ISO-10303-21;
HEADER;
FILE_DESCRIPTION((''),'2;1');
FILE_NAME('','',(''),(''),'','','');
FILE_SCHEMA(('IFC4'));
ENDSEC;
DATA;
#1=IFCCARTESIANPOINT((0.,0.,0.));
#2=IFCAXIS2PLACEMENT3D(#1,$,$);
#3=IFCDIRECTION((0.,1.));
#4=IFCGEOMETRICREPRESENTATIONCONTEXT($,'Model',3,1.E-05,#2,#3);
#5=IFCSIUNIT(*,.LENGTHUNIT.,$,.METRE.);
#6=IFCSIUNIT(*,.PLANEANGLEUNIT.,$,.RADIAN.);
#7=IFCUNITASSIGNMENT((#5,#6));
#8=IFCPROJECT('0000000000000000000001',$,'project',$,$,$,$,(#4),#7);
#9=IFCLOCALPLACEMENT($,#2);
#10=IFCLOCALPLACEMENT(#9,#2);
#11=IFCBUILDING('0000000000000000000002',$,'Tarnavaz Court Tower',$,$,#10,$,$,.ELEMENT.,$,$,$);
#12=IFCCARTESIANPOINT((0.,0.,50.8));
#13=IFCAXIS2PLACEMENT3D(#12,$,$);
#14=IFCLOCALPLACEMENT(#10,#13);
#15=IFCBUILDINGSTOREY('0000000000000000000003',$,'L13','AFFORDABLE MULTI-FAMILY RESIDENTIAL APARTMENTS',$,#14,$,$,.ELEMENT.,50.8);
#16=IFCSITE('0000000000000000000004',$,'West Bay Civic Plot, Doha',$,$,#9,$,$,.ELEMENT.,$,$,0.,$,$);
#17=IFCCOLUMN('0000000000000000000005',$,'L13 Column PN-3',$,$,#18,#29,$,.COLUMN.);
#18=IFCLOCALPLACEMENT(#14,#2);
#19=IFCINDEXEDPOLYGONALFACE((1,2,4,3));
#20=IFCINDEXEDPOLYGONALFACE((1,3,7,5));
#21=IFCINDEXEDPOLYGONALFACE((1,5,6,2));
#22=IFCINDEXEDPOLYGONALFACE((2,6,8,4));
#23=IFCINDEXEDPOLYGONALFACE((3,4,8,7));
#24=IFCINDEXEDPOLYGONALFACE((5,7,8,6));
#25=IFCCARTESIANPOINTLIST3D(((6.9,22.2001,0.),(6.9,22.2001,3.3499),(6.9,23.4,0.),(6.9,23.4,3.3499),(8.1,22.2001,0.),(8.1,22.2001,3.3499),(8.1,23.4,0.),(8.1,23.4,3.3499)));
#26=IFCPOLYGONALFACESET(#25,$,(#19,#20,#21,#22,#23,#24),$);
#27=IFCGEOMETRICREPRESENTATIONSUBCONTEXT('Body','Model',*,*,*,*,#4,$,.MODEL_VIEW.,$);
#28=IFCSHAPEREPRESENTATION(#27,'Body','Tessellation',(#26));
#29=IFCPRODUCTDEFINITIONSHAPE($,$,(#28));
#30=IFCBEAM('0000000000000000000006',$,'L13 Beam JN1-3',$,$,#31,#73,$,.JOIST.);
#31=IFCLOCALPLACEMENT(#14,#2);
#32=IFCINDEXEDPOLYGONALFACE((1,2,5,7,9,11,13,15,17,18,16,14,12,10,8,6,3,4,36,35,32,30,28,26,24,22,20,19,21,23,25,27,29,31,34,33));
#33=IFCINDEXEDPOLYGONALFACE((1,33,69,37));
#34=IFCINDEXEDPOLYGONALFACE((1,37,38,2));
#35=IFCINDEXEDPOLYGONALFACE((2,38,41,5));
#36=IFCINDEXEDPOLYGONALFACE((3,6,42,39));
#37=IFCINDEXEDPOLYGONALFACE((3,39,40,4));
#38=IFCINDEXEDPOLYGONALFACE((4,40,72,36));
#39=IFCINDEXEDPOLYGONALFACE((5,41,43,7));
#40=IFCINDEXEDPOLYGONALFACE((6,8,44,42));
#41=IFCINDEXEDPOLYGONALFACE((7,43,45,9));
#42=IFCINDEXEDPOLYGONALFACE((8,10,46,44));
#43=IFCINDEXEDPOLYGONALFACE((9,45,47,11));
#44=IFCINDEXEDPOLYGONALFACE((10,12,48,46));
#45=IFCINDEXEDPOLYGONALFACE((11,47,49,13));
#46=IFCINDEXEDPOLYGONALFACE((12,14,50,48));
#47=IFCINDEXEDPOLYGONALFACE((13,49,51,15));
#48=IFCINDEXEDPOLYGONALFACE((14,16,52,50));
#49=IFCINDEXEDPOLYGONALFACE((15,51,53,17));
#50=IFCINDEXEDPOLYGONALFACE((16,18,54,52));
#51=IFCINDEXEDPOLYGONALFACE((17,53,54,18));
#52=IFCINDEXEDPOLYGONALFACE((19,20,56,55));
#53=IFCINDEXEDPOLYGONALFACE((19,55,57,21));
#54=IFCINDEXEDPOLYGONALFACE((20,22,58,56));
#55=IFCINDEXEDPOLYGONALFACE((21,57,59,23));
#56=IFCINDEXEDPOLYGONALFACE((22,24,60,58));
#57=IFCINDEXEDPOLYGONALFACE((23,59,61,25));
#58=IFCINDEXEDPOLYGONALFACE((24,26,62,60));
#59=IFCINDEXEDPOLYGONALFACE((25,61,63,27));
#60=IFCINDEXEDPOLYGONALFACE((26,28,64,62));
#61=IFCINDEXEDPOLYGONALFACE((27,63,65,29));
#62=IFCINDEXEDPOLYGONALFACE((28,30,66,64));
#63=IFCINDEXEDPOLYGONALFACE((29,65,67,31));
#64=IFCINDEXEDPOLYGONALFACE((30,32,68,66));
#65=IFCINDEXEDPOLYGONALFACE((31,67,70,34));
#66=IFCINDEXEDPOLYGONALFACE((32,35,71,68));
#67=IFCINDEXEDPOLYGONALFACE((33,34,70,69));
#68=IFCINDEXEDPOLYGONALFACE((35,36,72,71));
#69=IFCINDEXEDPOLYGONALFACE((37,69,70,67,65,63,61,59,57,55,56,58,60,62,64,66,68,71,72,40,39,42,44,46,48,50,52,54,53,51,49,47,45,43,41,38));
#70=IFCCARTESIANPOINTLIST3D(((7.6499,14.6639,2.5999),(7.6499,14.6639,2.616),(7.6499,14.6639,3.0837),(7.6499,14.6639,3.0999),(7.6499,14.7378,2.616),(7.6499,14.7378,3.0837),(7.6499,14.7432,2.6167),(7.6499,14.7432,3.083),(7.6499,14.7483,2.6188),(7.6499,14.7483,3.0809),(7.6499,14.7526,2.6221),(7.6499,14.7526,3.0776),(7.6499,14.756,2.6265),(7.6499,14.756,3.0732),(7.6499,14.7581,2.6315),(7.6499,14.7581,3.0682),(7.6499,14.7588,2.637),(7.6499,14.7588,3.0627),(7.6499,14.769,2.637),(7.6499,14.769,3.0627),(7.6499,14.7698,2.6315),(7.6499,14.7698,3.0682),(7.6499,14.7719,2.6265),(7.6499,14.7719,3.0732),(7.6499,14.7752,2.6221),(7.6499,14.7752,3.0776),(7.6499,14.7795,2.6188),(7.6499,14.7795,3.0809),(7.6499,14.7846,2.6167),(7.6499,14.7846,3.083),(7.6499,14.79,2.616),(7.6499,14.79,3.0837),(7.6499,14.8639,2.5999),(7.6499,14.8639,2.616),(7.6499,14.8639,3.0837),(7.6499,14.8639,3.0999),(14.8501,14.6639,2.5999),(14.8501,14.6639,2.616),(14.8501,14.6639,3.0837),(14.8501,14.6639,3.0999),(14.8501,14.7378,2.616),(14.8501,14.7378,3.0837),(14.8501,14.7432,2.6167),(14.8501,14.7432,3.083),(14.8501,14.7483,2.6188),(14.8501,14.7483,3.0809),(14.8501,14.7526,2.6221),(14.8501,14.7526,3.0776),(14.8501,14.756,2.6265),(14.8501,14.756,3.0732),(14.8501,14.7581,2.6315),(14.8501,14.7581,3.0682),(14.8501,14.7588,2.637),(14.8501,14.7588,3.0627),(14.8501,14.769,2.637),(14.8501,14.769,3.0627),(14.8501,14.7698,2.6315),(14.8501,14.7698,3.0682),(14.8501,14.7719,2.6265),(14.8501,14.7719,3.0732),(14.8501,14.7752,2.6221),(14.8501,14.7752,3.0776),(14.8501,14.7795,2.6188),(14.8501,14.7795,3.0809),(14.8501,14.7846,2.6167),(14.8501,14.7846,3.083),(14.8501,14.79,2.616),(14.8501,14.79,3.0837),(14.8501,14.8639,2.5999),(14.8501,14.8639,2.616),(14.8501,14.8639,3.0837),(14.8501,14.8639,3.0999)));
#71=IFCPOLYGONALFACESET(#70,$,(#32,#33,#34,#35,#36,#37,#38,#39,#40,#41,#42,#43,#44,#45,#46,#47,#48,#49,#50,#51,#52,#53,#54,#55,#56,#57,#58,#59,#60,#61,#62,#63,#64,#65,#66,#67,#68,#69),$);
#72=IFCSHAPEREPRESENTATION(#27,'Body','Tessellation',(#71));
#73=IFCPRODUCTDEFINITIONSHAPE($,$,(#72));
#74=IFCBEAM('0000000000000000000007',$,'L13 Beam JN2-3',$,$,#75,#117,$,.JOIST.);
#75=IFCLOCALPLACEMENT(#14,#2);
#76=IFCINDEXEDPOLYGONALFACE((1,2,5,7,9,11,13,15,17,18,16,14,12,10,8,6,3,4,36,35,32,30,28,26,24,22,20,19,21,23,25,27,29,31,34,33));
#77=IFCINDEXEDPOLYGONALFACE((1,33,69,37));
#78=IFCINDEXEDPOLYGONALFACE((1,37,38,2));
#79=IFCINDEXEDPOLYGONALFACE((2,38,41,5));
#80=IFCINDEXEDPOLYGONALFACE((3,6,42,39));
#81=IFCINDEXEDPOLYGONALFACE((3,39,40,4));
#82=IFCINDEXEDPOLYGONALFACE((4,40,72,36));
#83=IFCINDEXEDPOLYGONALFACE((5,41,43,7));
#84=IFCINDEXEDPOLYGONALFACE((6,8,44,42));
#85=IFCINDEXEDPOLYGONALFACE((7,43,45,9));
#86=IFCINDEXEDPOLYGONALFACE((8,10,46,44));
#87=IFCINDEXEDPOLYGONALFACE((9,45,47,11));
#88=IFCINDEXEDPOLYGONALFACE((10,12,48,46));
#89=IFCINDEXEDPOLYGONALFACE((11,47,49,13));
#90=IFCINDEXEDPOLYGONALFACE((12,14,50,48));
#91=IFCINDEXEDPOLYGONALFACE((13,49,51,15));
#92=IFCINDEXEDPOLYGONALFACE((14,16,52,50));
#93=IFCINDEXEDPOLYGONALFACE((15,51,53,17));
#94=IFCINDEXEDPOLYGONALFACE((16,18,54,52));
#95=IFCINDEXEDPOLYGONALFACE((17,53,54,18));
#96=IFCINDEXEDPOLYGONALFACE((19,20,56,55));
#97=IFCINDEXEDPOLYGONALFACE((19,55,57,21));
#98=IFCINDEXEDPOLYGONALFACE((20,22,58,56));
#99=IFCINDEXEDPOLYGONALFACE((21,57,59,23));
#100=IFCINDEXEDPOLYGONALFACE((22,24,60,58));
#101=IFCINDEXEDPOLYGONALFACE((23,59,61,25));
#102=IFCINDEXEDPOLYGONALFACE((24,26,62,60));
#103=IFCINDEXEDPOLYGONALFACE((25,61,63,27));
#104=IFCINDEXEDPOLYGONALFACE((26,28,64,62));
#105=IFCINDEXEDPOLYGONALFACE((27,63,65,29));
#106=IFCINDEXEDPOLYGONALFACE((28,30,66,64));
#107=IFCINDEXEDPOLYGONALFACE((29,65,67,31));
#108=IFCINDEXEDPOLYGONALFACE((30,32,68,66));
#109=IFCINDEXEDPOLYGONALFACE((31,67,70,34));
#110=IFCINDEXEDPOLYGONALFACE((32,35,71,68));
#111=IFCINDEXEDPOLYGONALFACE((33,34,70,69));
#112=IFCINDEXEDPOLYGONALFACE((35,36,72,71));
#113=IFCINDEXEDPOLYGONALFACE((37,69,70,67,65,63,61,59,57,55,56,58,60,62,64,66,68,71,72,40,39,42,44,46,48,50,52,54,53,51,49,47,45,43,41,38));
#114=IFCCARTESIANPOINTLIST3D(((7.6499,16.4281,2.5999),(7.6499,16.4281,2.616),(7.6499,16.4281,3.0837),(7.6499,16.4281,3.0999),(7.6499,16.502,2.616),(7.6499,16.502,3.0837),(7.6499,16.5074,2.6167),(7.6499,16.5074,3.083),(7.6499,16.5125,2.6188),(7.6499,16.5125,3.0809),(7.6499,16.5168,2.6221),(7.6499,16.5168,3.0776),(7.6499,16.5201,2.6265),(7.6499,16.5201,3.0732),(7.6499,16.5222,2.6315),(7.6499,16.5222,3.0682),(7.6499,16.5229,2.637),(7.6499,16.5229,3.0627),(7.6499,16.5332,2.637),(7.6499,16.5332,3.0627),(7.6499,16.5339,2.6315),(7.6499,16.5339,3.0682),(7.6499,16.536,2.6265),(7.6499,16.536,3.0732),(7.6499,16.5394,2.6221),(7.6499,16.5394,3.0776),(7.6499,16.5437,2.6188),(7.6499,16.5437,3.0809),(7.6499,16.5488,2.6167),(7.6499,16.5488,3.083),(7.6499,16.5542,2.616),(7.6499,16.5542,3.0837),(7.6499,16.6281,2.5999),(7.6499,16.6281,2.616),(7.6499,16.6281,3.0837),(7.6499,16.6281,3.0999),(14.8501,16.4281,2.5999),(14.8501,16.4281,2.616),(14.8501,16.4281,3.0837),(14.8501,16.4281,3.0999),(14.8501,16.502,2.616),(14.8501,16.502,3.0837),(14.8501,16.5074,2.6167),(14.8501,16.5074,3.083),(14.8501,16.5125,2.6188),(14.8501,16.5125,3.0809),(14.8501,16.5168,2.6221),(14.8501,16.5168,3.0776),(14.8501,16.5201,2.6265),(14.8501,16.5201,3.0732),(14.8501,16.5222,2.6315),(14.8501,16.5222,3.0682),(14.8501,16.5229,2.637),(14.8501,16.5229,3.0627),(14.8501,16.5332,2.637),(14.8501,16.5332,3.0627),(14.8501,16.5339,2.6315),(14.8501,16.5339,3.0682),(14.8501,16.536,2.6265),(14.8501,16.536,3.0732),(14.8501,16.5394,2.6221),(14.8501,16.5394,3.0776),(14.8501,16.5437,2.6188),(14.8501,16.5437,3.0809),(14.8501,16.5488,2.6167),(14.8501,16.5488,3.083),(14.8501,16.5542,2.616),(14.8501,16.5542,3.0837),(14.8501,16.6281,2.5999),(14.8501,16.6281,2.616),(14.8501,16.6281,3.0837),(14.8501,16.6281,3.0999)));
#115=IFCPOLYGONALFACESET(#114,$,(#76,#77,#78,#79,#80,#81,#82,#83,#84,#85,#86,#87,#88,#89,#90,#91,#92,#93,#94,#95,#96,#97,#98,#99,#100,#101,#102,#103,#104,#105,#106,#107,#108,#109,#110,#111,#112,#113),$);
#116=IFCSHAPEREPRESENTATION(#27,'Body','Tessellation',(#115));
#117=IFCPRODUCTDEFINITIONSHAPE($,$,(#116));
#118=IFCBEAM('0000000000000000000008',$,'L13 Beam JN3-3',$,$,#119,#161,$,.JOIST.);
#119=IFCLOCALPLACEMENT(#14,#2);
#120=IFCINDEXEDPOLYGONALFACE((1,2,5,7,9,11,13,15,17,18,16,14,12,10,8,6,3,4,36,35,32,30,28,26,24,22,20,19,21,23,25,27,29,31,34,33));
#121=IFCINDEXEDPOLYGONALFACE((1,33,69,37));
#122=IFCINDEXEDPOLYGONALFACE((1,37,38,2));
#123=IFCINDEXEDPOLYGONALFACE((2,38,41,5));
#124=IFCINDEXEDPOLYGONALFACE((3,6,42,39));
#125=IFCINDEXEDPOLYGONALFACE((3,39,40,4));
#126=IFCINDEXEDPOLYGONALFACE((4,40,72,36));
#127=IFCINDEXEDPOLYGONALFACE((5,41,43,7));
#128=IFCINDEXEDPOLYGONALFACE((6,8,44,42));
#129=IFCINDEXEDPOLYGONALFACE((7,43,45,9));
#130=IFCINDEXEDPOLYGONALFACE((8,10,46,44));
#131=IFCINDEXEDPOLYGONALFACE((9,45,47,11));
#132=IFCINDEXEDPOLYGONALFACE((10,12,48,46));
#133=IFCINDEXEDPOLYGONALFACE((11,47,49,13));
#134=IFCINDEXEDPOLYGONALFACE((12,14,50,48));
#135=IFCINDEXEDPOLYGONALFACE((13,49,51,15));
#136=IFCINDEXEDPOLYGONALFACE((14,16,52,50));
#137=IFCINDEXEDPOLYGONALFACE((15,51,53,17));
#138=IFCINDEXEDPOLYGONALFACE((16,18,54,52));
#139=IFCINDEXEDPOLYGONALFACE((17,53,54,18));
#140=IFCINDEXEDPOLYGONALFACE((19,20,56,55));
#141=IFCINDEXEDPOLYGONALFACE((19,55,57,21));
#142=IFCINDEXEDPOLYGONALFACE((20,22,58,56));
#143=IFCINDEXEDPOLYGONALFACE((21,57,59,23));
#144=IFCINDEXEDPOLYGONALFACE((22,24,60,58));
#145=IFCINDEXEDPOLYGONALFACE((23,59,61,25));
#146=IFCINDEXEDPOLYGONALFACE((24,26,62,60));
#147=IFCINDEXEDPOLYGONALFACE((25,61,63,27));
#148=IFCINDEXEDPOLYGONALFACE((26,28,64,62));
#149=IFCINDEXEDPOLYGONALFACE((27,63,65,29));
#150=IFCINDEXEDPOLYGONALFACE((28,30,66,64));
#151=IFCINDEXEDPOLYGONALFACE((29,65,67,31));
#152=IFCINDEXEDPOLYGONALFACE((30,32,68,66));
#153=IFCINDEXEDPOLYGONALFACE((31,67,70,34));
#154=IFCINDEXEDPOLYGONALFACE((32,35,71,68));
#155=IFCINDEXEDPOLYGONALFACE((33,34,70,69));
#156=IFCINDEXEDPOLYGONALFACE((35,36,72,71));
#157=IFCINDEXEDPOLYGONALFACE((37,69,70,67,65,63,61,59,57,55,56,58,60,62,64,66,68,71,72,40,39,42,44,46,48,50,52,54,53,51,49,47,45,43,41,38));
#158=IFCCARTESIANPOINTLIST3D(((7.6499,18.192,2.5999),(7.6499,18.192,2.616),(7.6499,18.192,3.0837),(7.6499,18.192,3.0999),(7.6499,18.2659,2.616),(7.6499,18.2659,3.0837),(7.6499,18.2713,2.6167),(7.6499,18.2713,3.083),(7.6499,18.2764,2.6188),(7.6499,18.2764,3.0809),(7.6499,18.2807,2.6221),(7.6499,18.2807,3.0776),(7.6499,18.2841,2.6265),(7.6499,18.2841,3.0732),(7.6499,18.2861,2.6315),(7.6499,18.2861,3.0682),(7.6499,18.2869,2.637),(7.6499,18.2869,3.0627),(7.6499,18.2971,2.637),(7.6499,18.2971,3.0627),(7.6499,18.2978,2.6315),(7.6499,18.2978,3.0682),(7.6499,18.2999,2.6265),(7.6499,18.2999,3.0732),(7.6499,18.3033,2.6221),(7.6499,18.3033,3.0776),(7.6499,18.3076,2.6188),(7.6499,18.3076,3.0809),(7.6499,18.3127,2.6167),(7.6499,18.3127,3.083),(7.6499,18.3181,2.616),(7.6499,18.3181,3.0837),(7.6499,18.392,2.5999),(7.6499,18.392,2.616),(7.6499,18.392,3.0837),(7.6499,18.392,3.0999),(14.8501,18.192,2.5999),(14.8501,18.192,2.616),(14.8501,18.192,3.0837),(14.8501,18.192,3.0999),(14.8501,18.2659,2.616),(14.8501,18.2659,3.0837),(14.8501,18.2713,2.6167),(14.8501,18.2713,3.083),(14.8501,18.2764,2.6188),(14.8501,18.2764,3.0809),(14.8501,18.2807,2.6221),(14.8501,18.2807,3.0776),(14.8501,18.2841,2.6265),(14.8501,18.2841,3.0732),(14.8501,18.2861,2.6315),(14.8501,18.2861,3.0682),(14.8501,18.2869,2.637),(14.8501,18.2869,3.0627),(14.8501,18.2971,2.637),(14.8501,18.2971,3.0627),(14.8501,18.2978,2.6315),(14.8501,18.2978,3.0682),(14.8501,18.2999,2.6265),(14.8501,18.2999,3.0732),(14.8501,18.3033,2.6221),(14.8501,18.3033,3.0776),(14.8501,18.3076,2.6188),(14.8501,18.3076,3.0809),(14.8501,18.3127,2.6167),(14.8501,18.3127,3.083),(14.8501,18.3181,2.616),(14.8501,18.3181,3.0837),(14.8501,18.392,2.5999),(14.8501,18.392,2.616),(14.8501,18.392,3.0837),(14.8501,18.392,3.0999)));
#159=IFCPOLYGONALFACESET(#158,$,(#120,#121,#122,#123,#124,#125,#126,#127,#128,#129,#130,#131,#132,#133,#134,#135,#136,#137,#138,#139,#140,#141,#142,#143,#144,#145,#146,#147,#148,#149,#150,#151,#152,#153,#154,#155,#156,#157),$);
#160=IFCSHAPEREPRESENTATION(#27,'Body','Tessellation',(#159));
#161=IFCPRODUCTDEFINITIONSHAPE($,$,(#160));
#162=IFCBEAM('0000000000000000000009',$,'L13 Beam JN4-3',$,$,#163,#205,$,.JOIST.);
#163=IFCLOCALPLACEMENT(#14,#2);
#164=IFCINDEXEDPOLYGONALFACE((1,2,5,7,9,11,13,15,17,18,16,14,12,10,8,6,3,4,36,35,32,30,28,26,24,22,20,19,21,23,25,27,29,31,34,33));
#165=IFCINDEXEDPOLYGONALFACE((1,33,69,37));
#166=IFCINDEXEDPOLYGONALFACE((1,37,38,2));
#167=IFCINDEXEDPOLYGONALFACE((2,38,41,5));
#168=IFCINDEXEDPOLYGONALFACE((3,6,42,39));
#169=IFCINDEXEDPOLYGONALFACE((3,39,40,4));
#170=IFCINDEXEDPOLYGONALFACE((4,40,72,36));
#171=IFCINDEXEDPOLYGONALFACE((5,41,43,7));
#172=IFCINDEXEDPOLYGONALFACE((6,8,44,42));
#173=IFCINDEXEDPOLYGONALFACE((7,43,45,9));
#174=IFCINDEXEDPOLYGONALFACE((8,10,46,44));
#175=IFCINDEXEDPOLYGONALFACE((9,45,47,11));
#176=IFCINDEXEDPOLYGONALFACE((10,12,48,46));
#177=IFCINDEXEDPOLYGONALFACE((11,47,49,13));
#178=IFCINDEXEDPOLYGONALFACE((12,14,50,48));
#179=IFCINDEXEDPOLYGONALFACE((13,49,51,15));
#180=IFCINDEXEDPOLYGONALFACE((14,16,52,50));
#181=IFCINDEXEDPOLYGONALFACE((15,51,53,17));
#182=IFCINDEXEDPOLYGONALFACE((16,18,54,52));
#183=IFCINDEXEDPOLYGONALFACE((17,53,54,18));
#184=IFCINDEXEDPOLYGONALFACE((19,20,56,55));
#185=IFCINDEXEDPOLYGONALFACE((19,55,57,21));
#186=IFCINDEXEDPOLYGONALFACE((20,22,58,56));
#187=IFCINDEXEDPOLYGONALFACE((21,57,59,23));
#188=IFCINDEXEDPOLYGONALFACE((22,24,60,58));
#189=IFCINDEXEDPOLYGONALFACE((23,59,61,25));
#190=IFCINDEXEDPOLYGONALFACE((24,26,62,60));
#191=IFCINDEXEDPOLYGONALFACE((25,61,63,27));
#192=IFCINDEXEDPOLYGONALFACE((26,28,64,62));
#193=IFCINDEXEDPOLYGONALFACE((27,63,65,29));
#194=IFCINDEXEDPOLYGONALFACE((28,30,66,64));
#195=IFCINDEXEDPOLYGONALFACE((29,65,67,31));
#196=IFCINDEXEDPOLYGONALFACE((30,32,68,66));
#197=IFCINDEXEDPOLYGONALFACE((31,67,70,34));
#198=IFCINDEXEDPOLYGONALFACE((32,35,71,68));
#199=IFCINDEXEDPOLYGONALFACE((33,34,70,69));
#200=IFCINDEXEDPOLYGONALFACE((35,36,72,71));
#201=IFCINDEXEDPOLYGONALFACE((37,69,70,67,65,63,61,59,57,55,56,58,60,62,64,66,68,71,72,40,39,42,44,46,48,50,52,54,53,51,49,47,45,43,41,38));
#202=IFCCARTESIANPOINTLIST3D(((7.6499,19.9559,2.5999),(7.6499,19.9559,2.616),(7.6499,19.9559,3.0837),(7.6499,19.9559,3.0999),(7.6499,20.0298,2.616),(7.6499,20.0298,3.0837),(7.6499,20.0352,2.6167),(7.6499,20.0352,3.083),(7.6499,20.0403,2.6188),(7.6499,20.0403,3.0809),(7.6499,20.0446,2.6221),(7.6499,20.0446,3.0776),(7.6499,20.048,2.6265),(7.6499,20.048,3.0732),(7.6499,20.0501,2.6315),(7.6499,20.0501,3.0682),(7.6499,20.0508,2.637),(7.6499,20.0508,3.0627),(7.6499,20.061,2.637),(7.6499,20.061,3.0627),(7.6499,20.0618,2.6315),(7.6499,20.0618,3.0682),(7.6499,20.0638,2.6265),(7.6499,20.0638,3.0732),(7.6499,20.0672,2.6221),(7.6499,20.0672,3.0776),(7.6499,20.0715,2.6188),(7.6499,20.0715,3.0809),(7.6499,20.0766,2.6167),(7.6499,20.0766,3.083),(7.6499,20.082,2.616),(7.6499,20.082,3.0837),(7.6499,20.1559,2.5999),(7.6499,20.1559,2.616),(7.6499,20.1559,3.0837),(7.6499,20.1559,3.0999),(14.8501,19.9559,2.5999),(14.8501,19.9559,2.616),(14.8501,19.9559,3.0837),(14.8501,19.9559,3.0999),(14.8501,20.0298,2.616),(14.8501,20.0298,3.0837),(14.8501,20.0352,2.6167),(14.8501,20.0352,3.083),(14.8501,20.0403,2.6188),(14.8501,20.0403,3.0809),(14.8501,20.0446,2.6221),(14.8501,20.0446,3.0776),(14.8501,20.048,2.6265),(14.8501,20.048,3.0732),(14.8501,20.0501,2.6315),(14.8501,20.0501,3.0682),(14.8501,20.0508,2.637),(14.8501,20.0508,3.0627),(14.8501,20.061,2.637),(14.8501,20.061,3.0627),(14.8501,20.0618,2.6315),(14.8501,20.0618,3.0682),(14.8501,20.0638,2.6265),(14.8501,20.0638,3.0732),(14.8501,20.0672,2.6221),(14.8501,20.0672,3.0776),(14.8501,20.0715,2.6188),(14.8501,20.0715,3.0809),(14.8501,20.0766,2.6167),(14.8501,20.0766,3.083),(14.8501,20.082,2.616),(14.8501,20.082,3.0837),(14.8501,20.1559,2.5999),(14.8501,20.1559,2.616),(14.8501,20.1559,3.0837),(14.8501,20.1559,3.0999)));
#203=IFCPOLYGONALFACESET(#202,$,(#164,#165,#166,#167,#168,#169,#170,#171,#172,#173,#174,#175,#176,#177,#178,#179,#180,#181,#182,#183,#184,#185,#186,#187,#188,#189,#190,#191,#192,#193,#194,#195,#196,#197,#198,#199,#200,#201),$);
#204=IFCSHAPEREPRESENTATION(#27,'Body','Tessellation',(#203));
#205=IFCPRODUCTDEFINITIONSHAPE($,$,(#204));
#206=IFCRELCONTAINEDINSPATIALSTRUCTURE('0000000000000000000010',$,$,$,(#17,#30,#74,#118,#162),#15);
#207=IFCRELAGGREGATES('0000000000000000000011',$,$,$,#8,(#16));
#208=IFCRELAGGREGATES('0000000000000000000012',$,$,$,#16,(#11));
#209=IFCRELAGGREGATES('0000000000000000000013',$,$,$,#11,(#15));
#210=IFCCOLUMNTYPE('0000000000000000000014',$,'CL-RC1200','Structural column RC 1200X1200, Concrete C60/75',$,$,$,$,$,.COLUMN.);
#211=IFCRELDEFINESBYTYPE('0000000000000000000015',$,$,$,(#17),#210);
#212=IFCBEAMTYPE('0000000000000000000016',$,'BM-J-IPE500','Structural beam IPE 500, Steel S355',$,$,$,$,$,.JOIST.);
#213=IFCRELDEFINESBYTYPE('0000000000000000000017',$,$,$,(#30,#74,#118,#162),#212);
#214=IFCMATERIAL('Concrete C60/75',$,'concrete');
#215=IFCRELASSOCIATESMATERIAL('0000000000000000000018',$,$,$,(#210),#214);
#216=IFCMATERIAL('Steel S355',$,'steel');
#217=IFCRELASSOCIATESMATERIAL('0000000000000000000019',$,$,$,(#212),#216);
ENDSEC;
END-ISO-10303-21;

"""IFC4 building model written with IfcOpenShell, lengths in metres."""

from ifc_helpers import new_model, si_unit, direction, frame, origin, origin_2d, place, context, subcontext, project, spatial, rectangle, i_section, extrude, material, material_profile, profile_set, type_object, element, save


model = new_model("IFC4")

# Units and contexts
model_context = context("Model", 3, precision=1e-05, world=origin(), true_north=direction((0.0, 1.0)))
body_context = subcontext(model_context, "Body", "Model", "MODEL_VIEW")
ifc_project = project(units=[si_unit("LENGTHUNIT", "METRE"), si_unit("PLANEANGLEUNIT", "RADIAN")], contexts=[model_context])

# Site, building, storey
site_placement = place(None, origin())
site = spatial("IfcSite", under=ifc_project, at=site_placement, Name="West Bay Civic Plot, Doha", CompositionType="ELEMENT", RefElevation=0.0)
building_placement = place(site_placement, origin())
building = spatial("IfcBuilding", under=site, at=building_placement, Name="Tarnavaz Court Tower", CompositionType="ELEMENT")
storey_placement = place(building_placement, frame((0.0, 0.0, 50.8)))
storey = spatial("IfcBuildingStorey", under=building, at=storey_placement, Name="L13", Description="AFFORDABLE MULTI-FAMILY RESIDENTIAL APARTMENTS", CompositionType="ELEMENT", Elevation=50.8)

# Column
ifc_material_1 = material(Name="Concrete C60/75", Category="concrete")
ifc_material_profile_1 = material_profile(ifc_material_1, rectangle(XDim=1.2, YDim=1.2, at=origin_2d()), Name="RC 1200X1200")
ifc_profile_set_1 = profile_set([ifc_material_profile_1], Name="Concrete C60/75")
column_type = type_object("IfcColumnType", Name="CL-RC1200", Description="Structural column RC 1200X1200, Concrete C60/75", PredefinedType="COLUMN", material=ifc_profile_set_1)
column_placement = place(storey_placement, frame((7.5, 22.8, 0.0), z_axis=(0.0, 0.0, 1.0), x_axis=(1.0, 0.0, 0.0)))
element("IfcColumn", 1, at=column_placement, inside=storey, type_object=column_type, Name="L13 Column PN-3", PredefinedType="COLUMN", context=body_context, shape_type="SweptSolid", body=[
    extrude(rectangle(XDim=1.2, YDim=1.2, at=origin_2d()), origin(), (0.0, 0.0, 1.0), 3.3499),
])

# Beams
ifc_material_2 = material(Name="Steel S355", Category="steel")
ifc_material_profile_2 = material_profile(ifc_material_2, i_section(OverallWidth=0.2, OverallDepth=0.5, WebThickness=0.0103, FlangeThickness=0.0161, FilletRadius=0.021, at=origin_2d()), Name="IPE 500")
ifc_profile_set_2 = profile_set([ifc_material_profile_2], Name="Steel S355")
beam_type_1 = type_object("IfcBeamType", Name="BM-J-IPE500", Description="Structural beam IPE 500, Steel S355", PredefinedType="JOIST", material=ifc_profile_set_2)
for number, where, z_axis, x_axis, name in (
    (2, (7.6499, 14.7639, 2.8499), (1.0, 0.0, 0.0), (0.0, 1.0, 0.0), "L13 Beam JN1-3"),
    (3, (7.6499, 16.5281, 2.8499), (1.0, 0.0, 0.0), (0.0, 1.0, 0.0), "L13 Beam JN2-3"),
    (4, (7.6499, 18.292, 2.8499), (1.0, 0.0, 0.0), (0.0, 1.0, 0.0), "L13 Beam JN3-3"),
    (5, (7.6499, 20.0559, 2.8499), (1.0, 0.0, 0.0), (0.0, 1.0, 0.0), "L13 Beam JN4-3"),
):
    element("IfcBeam", number, at=place(storey_placement, frame(where, z_axis=z_axis, x_axis=x_axis)), inside=storey, type_object=beam_type_1, Name=name, PredefinedType="JOIST", context=body_context, shape_type="SweptSolid", body=[
        extrude(i_section(OverallWidth=0.2, OverallDepth=0.5, WebThickness=0.0103, FlangeThickness=0.0161, FilletRadius=0.021, at=origin_2d()), origin(), (0.0, 0.0, 1.0), 7.2002),
    ])

save(model, "model.ifc")
